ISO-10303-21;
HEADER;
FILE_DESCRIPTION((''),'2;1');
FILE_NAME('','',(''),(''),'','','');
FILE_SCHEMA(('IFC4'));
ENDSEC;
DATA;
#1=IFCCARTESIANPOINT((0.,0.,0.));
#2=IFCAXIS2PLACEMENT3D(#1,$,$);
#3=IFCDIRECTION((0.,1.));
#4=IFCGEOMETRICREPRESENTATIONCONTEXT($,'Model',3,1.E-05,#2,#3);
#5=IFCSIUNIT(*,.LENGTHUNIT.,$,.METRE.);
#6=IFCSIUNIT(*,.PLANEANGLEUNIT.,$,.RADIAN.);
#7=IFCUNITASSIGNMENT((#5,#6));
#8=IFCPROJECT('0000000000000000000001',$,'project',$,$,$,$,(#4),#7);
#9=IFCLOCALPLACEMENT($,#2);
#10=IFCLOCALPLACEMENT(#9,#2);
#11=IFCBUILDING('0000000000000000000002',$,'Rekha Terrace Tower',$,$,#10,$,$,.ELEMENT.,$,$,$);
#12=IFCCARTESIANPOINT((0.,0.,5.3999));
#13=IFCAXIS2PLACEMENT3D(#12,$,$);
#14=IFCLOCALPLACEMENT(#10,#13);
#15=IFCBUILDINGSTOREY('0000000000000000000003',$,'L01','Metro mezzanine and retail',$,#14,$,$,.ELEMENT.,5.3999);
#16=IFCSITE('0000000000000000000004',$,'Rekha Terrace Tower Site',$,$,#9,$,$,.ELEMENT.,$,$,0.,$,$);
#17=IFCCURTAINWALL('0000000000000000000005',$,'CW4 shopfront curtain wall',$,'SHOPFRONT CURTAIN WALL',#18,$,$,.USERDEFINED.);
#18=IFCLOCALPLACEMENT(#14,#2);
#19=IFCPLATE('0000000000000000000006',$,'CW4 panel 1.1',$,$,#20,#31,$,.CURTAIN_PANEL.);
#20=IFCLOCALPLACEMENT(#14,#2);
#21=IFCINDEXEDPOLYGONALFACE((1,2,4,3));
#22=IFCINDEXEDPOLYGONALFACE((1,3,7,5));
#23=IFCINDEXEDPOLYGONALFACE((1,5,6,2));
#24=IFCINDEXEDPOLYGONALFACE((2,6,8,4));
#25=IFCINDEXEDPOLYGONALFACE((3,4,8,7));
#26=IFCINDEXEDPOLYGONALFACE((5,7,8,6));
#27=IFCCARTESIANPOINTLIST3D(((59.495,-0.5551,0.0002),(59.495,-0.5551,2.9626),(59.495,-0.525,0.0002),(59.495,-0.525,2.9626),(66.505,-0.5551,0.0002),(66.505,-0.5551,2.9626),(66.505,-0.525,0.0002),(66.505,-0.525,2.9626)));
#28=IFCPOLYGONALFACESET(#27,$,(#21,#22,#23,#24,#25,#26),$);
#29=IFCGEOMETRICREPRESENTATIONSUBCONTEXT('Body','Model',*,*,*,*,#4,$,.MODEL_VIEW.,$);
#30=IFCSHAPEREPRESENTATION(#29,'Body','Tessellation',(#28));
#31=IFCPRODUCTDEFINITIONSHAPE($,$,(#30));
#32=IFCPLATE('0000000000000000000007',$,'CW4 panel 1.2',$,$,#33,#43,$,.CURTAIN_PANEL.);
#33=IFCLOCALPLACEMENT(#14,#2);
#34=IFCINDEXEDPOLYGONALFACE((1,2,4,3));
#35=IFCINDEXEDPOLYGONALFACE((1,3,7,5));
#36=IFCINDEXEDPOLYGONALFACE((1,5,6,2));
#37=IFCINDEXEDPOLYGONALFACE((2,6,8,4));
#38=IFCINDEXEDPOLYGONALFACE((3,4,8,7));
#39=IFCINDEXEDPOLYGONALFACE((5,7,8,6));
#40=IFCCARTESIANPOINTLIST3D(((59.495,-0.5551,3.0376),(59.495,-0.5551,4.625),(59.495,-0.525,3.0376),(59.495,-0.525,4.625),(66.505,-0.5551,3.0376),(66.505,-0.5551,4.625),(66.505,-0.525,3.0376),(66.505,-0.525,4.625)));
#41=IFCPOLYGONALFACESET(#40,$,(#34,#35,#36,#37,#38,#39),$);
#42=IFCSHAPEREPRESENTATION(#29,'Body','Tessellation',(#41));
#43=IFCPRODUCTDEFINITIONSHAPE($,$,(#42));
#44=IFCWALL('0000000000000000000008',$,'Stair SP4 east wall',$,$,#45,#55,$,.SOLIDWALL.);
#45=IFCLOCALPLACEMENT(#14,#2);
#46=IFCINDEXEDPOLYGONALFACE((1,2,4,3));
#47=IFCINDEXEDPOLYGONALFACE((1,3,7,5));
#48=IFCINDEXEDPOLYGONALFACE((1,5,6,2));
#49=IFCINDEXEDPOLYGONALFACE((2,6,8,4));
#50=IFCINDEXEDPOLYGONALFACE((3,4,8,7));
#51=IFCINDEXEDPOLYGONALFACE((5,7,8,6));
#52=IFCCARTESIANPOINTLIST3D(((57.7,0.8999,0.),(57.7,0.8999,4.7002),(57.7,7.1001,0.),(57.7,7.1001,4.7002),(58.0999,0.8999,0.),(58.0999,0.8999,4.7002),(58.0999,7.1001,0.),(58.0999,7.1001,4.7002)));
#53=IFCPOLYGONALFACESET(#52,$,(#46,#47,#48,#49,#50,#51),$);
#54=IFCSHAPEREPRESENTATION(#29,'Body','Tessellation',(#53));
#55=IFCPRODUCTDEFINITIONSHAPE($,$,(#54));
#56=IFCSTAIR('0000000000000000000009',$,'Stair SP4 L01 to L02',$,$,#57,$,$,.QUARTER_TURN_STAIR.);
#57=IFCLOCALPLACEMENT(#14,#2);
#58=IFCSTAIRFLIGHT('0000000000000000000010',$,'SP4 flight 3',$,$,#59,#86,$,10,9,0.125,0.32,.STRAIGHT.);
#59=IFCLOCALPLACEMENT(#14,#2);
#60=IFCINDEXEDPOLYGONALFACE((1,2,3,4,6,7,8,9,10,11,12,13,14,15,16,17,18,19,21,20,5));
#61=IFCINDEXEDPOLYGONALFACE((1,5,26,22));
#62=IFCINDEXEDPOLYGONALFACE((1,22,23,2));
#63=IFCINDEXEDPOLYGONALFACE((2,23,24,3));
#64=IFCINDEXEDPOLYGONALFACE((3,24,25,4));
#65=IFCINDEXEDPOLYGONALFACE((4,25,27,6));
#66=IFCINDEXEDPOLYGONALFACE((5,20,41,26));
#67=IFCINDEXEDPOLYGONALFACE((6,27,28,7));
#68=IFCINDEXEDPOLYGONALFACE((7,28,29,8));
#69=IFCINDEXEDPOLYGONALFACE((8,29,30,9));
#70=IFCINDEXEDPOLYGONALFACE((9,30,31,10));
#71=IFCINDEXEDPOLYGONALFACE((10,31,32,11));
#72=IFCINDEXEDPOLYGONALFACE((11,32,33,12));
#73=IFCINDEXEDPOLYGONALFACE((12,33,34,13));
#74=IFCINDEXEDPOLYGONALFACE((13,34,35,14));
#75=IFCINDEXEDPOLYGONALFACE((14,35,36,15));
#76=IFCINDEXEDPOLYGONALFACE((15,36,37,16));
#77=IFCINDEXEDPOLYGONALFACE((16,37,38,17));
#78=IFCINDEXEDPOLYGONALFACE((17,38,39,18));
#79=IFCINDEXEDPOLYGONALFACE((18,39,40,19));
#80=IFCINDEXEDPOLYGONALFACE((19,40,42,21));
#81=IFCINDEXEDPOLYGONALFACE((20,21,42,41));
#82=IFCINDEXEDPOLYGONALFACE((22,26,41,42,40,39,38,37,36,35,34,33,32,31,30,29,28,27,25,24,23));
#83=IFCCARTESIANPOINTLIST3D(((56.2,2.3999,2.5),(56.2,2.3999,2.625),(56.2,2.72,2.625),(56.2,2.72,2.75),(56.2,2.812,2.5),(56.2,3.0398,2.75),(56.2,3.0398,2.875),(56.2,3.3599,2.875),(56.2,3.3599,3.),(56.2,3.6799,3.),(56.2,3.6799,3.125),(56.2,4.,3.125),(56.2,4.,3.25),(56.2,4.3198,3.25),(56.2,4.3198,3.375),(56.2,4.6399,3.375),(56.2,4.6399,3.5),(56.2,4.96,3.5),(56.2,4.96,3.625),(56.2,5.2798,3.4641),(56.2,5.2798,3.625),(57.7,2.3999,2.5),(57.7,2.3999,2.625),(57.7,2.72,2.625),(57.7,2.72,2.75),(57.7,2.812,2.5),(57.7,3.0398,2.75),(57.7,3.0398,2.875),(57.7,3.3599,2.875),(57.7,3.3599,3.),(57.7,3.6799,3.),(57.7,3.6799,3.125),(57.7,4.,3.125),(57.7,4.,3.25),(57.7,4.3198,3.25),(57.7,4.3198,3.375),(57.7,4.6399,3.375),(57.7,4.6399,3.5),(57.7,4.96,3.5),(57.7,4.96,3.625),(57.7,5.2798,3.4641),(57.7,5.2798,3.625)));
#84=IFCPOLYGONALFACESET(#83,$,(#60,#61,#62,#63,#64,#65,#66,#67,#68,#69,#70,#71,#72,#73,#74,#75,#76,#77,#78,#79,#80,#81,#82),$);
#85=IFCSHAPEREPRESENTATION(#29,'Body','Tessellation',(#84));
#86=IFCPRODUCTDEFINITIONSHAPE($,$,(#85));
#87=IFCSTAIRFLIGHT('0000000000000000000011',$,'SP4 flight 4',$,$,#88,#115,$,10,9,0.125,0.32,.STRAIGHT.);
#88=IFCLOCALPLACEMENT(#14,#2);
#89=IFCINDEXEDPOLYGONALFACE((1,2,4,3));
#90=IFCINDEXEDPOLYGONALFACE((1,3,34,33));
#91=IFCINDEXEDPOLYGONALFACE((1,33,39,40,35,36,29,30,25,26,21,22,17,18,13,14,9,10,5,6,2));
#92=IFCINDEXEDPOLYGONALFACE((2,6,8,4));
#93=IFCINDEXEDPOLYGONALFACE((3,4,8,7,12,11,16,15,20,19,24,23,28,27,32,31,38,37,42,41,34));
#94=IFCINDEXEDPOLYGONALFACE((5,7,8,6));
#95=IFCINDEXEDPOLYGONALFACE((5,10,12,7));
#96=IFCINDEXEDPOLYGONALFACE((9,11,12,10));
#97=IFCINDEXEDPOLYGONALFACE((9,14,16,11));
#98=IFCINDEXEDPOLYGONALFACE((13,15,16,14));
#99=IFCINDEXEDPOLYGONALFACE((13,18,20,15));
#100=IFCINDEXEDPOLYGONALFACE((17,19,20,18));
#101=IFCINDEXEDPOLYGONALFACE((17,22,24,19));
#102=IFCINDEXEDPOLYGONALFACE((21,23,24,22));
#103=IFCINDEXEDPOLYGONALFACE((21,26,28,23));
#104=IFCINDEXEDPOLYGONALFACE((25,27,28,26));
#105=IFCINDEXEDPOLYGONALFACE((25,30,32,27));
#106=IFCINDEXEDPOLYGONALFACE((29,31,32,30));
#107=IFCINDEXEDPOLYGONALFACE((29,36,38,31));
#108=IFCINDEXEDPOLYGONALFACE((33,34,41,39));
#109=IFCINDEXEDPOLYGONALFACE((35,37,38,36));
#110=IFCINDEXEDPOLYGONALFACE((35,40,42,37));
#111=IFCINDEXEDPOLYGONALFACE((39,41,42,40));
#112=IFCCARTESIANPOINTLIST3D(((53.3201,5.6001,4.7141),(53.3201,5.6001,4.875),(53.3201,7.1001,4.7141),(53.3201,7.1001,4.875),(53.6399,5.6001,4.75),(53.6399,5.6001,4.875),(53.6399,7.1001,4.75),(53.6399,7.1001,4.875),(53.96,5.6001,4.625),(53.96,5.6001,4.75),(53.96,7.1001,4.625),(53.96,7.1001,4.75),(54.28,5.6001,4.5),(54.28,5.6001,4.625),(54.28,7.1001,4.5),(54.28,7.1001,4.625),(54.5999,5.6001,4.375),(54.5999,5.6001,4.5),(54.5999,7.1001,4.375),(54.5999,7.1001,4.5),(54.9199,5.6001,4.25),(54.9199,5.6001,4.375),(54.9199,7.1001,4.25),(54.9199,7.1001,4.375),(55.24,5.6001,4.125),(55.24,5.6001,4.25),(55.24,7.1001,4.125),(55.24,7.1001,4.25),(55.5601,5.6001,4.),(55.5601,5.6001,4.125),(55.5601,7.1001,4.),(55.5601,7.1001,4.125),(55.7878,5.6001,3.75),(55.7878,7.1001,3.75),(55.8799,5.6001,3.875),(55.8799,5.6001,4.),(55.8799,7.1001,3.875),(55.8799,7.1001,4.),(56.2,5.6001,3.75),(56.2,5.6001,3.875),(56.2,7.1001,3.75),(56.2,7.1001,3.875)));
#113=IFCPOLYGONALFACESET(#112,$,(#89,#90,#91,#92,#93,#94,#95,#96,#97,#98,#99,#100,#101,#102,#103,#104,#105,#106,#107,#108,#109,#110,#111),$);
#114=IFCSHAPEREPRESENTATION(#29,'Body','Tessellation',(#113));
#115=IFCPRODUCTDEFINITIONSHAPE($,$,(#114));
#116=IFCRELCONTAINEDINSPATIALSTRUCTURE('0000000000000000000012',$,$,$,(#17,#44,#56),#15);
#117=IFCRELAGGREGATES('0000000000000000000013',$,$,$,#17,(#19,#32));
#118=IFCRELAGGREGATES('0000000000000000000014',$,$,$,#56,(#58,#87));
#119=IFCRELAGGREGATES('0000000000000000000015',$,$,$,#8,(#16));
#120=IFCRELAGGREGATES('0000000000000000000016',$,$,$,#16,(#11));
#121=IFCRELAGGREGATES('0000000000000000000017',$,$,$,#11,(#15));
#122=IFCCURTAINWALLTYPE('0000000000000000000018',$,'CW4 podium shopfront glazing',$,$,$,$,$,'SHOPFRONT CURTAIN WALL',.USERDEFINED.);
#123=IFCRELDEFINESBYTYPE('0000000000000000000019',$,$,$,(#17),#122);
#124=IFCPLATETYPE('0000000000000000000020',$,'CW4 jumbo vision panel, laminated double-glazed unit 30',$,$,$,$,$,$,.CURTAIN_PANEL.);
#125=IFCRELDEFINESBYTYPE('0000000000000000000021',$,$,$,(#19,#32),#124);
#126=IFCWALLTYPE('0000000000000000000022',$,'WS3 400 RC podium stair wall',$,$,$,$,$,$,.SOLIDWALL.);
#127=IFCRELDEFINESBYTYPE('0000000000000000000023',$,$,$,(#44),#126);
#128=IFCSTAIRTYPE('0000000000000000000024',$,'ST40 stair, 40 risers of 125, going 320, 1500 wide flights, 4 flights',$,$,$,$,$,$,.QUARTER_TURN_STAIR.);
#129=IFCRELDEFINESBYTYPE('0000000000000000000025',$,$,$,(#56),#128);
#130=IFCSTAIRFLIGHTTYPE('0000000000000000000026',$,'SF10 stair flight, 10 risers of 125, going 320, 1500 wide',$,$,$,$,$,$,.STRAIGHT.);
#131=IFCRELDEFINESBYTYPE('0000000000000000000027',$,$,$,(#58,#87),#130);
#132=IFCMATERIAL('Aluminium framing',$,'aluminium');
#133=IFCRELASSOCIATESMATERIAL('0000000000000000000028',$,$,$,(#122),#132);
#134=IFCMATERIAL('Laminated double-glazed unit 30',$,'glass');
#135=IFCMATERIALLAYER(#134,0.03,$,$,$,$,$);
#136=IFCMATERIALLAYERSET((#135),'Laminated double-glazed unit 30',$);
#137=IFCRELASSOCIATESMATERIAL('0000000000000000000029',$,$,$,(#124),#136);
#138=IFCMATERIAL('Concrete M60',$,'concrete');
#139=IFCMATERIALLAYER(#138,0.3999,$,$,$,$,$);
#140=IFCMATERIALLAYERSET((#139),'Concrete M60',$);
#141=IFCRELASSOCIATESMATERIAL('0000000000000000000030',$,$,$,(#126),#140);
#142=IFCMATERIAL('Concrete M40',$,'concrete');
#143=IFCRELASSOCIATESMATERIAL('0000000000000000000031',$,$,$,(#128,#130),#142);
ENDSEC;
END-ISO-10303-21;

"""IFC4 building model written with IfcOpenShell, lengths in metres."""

from ifc_helpers import new_model, si_unit, direction, frame, frame_2d, origin, origin_2d, place, context, subcontext, project, spatial, polyline, rectangle, outline, extrude, material, layer, layer_set, type_object, element, aggregate, save


model = new_model("IFC4")

# Units and contexts
model_context = context("Model", 3, precision=1e-05, world=origin(), true_north=direction((0.0, 1.0)))
body_context = subcontext(model_context, "Body", "Model", "MODEL_VIEW")
ifc_project = project(units=[si_unit("LENGTHUNIT", "METRE"), si_unit("PLANEANGLEUNIT", "RADIAN")], contexts=[model_context])

# Site, building, storey
site_placement = place(None, origin())
site = spatial("IfcSite", under=ifc_project, at=site_placement, Name="Rekha Terrace Tower Site", CompositionType="ELEMENT", RefElevation=0.0)
building_placement = place(site_placement, origin())
building = spatial("IfcBuilding", under=site, at=building_placement, Name="Rekha Terrace Tower", CompositionType="ELEMENT")
storey_placement = place(building_placement, frame((0.0, 0.0, 5.3999)))
storey = spatial("IfcBuildingStorey", under=building, at=storey_placement, Name="L01", Description="Metro mezzanine and retail", CompositionType="ELEMENT", Elevation=5.3999)

# Shared definitions
ifc_material_1 = material(Name="Concrete M60", Category="concrete")

# Shared definitions
ifc_material_2 = material(Name="Aluminium framing", Category="aluminium")
curtain_wall_type = type_object("IfcCurtainWallType", Name="CW4 podium shopfront glazing", ElementType="SHOPFRONT CURTAIN WALL", PredefinedType="USERDEFINED", material=ifc_material_2)

# Curtain wall
curtain_wall_1_placement = place(storey_placement, origin())
curtain_wall_1 = element("IfcCurtainWall", 1, at=curtain_wall_1_placement, inside=storey, type_object=curtain_wall_type, Name="CW4 shopfront curtain wall", ObjectType="SHOPFRONT CURTAIN WALL", PredefinedType="USERDEFINED")

# Plates
ifc_material_3 = material(Name="Laminated double-glazed unit 30", Category="glass")
ifc_layer_1 = layer(ifc_material_3, 0.03)
ifc_layer_set_1 = layer_set([ifc_layer_1], Name="Laminated double-glazed unit 30")
plate_type = type_object("IfcPlateType", Name="CW4 jumbo vision panel, laminated double-glazed unit 30", PredefinedType="CURTAIN_PANEL", material=ifc_layer_set_1)
plate_1_placement = place(storey_placement, frame((63.0, -0.54, 0.0002), z_axis=(0.0, 0.0, 1.0), x_axis=(1.0, 0.0, 0.0)))
plate_1 = element("IfcPlate", 2, at=plate_1_placement, type_object=plate_type, Name="CW4 panel 1.1", PredefinedType="CURTAIN_PANEL", context=body_context, shape_type="SweptSolid", body=[
    extrude(rectangle(XDim=7.01, YDim=0.03, at=origin_2d()), origin(), (0.0, 0.0, 1.0), 2.9624),
])
plate_2_placement = place(storey_placement, frame((63.0, -0.54, 3.0376), z_axis=(0.0, 0.0, 1.0), x_axis=(1.0, 0.0, 0.0)))
plate_2 = element("IfcPlate", 3, at=plate_2_placement, type_object=plate_type, Name="CW4 panel 1.2", PredefinedType="CURTAIN_PANEL", context=body_context, shape_type="SweptSolid", body=[
    extrude(rectangle(XDim=7.01, YDim=0.03, at=origin_2d()), origin(), (0.0, 0.0, 1.0), 1.5874),
])
aggregate(curtain_wall_1, [plate_1, plate_2])

# Wall
ifc_layer_2 = layer(ifc_material_1, 0.3999)
ifc_layer_set_2 = layer_set([ifc_layer_2], Name="Concrete M60")
wall_type = type_object("IfcWallType", Name="WS3 400 RC podium stair wall", PredefinedType="SOLIDWALL", material=ifc_layer_set_2)
wall_placement = place(storey_placement, frame((57.8999, 0.8999, 0.0), z_axis=(0.0, 0.0, 1.0), x_axis=(0.0, 1.0, 0.0)))
element("IfcWall", 4, at=wall_placement, inside=storey, type_object=wall_type, Name="Stair SP4 east wall", PredefinedType="SOLIDWALL", context=body_context, shape_type="SweptSolid", body=[
    extrude(rectangle(XDim=6.2002, YDim=0.3999, at=frame_2d((3.1001, 0.0))), origin(), (0.0, 0.0, 1.0), 4.7002),
])

# Stair, stair flights
ifc_material_4 = material(Name="Concrete M40", Category="concrete")
stair_type = type_object("IfcStairType", Name="ST40 stair, 40 risers of 125, going 320, 1500 wide flights, 4 flights", PredefinedType="QUARTER_TURN_STAIR", material=ifc_material_4)
stair_placement = place(storey_placement, origin())
stair = element("IfcStair", 5, at=stair_placement, inside=storey, type_object=stair_type, Name="Stair SP4 L01 to L02", PredefinedType="QUARTER_TURN_STAIR")
stair_flight_type = type_object("IfcStairFlightType", Name="SF10 stair flight, 10 risers of 125, going 320, 1500 wide", PredefinedType="STRAIGHT", material=ifc_material_4)
stair_flight_1_placement = place(storey_placement, frame((56.95, 2.3999, 2.5), z_axis=(0.0, 0.0, 1.0), x_axis=(0.0, 1.0, 0.0)))
stair_flight_1 = element("IfcStairFlight", 6, at=stair_flight_1_placement, type_object=stair_flight_type, Name="SP4 flight 3", NumberOfRisers=10, NumberOfTreads=9, PredefinedType="STRAIGHT", RiserHeight=0.125, TreadLength=0.32, context=body_context, shape_type="SweptSolid", body=[
    extrude(outline(polyline([(0.0, 0.0), (0.0, 0.125), (0.3201, 0.125), (0.3201, 0.25), (0.6399, 0.25), (0.6399, 0.375), (0.96, 0.375), (0.96, 0.5), (1.28, 0.5), (1.28, 0.625), (1.6001, 0.625), (1.6001, 0.75), (1.9199, 0.75), (1.9199, 0.875), (2.24, 0.875), (2.24, 1.0), (2.5601, 1.0), (2.5601, 1.125), (2.8799, 1.125), (2.8799, 1.25), (2.8799, 0.9641), (0.4121, 0.0), (0.0, 0.0)])), frame((0.0, 0.75, 0.0), z_axis=(0.0, -1.0, 0.0), x_axis=(1.0, 0.0, 0.0)), (0.0, 0.0, 1.0), 1.5),
])
stair_flight_2_placement = place(storey_placement, frame((56.2, 6.3501, 3.75), z_axis=(0.0, 0.0, 1.0), x_axis=(-1.0, 0.0, 0.0)))
stair_flight_2 = element("IfcStairFlight", 7, at=stair_flight_2_placement, type_object=stair_flight_type, Name="SP4 flight 4", NumberOfRisers=10, NumberOfTreads=9, PredefinedType="STRAIGHT", RiserHeight=0.125, TreadLength=0.32, context=body_context, shape_type="SweptSolid", body=[
    extrude(outline(polyline([(0.0, 0.0), (0.0, 0.125), (0.3201, 0.125), (0.3201, 0.25), (0.6399, 0.25), (0.6399, 0.375), (0.96, 0.375), (0.96, 0.5), (1.28, 0.5), (1.28, 0.625), (1.6001, 0.625), (1.6001, 0.75), (1.9199, 0.75), (1.9199, 0.875), (2.24, 0.875), (2.24, 1.0), (2.5601, 1.0), (2.5601, 1.125), (2.8799, 1.125), (2.8799, 1.25), (2.8799, 0.9641), (0.4121, 0.0), (0.0, 0.0)])), frame((0.0, 0.75, 0.0), z_axis=(0.0, -1.0, 0.0), x_axis=(1.0, 0.0, 0.0)), (0.0, 0.0, 1.0), 1.5),
])
aggregate(stair, [stair_flight_1, stair_flight_2])

save(model, "model.ifc")
